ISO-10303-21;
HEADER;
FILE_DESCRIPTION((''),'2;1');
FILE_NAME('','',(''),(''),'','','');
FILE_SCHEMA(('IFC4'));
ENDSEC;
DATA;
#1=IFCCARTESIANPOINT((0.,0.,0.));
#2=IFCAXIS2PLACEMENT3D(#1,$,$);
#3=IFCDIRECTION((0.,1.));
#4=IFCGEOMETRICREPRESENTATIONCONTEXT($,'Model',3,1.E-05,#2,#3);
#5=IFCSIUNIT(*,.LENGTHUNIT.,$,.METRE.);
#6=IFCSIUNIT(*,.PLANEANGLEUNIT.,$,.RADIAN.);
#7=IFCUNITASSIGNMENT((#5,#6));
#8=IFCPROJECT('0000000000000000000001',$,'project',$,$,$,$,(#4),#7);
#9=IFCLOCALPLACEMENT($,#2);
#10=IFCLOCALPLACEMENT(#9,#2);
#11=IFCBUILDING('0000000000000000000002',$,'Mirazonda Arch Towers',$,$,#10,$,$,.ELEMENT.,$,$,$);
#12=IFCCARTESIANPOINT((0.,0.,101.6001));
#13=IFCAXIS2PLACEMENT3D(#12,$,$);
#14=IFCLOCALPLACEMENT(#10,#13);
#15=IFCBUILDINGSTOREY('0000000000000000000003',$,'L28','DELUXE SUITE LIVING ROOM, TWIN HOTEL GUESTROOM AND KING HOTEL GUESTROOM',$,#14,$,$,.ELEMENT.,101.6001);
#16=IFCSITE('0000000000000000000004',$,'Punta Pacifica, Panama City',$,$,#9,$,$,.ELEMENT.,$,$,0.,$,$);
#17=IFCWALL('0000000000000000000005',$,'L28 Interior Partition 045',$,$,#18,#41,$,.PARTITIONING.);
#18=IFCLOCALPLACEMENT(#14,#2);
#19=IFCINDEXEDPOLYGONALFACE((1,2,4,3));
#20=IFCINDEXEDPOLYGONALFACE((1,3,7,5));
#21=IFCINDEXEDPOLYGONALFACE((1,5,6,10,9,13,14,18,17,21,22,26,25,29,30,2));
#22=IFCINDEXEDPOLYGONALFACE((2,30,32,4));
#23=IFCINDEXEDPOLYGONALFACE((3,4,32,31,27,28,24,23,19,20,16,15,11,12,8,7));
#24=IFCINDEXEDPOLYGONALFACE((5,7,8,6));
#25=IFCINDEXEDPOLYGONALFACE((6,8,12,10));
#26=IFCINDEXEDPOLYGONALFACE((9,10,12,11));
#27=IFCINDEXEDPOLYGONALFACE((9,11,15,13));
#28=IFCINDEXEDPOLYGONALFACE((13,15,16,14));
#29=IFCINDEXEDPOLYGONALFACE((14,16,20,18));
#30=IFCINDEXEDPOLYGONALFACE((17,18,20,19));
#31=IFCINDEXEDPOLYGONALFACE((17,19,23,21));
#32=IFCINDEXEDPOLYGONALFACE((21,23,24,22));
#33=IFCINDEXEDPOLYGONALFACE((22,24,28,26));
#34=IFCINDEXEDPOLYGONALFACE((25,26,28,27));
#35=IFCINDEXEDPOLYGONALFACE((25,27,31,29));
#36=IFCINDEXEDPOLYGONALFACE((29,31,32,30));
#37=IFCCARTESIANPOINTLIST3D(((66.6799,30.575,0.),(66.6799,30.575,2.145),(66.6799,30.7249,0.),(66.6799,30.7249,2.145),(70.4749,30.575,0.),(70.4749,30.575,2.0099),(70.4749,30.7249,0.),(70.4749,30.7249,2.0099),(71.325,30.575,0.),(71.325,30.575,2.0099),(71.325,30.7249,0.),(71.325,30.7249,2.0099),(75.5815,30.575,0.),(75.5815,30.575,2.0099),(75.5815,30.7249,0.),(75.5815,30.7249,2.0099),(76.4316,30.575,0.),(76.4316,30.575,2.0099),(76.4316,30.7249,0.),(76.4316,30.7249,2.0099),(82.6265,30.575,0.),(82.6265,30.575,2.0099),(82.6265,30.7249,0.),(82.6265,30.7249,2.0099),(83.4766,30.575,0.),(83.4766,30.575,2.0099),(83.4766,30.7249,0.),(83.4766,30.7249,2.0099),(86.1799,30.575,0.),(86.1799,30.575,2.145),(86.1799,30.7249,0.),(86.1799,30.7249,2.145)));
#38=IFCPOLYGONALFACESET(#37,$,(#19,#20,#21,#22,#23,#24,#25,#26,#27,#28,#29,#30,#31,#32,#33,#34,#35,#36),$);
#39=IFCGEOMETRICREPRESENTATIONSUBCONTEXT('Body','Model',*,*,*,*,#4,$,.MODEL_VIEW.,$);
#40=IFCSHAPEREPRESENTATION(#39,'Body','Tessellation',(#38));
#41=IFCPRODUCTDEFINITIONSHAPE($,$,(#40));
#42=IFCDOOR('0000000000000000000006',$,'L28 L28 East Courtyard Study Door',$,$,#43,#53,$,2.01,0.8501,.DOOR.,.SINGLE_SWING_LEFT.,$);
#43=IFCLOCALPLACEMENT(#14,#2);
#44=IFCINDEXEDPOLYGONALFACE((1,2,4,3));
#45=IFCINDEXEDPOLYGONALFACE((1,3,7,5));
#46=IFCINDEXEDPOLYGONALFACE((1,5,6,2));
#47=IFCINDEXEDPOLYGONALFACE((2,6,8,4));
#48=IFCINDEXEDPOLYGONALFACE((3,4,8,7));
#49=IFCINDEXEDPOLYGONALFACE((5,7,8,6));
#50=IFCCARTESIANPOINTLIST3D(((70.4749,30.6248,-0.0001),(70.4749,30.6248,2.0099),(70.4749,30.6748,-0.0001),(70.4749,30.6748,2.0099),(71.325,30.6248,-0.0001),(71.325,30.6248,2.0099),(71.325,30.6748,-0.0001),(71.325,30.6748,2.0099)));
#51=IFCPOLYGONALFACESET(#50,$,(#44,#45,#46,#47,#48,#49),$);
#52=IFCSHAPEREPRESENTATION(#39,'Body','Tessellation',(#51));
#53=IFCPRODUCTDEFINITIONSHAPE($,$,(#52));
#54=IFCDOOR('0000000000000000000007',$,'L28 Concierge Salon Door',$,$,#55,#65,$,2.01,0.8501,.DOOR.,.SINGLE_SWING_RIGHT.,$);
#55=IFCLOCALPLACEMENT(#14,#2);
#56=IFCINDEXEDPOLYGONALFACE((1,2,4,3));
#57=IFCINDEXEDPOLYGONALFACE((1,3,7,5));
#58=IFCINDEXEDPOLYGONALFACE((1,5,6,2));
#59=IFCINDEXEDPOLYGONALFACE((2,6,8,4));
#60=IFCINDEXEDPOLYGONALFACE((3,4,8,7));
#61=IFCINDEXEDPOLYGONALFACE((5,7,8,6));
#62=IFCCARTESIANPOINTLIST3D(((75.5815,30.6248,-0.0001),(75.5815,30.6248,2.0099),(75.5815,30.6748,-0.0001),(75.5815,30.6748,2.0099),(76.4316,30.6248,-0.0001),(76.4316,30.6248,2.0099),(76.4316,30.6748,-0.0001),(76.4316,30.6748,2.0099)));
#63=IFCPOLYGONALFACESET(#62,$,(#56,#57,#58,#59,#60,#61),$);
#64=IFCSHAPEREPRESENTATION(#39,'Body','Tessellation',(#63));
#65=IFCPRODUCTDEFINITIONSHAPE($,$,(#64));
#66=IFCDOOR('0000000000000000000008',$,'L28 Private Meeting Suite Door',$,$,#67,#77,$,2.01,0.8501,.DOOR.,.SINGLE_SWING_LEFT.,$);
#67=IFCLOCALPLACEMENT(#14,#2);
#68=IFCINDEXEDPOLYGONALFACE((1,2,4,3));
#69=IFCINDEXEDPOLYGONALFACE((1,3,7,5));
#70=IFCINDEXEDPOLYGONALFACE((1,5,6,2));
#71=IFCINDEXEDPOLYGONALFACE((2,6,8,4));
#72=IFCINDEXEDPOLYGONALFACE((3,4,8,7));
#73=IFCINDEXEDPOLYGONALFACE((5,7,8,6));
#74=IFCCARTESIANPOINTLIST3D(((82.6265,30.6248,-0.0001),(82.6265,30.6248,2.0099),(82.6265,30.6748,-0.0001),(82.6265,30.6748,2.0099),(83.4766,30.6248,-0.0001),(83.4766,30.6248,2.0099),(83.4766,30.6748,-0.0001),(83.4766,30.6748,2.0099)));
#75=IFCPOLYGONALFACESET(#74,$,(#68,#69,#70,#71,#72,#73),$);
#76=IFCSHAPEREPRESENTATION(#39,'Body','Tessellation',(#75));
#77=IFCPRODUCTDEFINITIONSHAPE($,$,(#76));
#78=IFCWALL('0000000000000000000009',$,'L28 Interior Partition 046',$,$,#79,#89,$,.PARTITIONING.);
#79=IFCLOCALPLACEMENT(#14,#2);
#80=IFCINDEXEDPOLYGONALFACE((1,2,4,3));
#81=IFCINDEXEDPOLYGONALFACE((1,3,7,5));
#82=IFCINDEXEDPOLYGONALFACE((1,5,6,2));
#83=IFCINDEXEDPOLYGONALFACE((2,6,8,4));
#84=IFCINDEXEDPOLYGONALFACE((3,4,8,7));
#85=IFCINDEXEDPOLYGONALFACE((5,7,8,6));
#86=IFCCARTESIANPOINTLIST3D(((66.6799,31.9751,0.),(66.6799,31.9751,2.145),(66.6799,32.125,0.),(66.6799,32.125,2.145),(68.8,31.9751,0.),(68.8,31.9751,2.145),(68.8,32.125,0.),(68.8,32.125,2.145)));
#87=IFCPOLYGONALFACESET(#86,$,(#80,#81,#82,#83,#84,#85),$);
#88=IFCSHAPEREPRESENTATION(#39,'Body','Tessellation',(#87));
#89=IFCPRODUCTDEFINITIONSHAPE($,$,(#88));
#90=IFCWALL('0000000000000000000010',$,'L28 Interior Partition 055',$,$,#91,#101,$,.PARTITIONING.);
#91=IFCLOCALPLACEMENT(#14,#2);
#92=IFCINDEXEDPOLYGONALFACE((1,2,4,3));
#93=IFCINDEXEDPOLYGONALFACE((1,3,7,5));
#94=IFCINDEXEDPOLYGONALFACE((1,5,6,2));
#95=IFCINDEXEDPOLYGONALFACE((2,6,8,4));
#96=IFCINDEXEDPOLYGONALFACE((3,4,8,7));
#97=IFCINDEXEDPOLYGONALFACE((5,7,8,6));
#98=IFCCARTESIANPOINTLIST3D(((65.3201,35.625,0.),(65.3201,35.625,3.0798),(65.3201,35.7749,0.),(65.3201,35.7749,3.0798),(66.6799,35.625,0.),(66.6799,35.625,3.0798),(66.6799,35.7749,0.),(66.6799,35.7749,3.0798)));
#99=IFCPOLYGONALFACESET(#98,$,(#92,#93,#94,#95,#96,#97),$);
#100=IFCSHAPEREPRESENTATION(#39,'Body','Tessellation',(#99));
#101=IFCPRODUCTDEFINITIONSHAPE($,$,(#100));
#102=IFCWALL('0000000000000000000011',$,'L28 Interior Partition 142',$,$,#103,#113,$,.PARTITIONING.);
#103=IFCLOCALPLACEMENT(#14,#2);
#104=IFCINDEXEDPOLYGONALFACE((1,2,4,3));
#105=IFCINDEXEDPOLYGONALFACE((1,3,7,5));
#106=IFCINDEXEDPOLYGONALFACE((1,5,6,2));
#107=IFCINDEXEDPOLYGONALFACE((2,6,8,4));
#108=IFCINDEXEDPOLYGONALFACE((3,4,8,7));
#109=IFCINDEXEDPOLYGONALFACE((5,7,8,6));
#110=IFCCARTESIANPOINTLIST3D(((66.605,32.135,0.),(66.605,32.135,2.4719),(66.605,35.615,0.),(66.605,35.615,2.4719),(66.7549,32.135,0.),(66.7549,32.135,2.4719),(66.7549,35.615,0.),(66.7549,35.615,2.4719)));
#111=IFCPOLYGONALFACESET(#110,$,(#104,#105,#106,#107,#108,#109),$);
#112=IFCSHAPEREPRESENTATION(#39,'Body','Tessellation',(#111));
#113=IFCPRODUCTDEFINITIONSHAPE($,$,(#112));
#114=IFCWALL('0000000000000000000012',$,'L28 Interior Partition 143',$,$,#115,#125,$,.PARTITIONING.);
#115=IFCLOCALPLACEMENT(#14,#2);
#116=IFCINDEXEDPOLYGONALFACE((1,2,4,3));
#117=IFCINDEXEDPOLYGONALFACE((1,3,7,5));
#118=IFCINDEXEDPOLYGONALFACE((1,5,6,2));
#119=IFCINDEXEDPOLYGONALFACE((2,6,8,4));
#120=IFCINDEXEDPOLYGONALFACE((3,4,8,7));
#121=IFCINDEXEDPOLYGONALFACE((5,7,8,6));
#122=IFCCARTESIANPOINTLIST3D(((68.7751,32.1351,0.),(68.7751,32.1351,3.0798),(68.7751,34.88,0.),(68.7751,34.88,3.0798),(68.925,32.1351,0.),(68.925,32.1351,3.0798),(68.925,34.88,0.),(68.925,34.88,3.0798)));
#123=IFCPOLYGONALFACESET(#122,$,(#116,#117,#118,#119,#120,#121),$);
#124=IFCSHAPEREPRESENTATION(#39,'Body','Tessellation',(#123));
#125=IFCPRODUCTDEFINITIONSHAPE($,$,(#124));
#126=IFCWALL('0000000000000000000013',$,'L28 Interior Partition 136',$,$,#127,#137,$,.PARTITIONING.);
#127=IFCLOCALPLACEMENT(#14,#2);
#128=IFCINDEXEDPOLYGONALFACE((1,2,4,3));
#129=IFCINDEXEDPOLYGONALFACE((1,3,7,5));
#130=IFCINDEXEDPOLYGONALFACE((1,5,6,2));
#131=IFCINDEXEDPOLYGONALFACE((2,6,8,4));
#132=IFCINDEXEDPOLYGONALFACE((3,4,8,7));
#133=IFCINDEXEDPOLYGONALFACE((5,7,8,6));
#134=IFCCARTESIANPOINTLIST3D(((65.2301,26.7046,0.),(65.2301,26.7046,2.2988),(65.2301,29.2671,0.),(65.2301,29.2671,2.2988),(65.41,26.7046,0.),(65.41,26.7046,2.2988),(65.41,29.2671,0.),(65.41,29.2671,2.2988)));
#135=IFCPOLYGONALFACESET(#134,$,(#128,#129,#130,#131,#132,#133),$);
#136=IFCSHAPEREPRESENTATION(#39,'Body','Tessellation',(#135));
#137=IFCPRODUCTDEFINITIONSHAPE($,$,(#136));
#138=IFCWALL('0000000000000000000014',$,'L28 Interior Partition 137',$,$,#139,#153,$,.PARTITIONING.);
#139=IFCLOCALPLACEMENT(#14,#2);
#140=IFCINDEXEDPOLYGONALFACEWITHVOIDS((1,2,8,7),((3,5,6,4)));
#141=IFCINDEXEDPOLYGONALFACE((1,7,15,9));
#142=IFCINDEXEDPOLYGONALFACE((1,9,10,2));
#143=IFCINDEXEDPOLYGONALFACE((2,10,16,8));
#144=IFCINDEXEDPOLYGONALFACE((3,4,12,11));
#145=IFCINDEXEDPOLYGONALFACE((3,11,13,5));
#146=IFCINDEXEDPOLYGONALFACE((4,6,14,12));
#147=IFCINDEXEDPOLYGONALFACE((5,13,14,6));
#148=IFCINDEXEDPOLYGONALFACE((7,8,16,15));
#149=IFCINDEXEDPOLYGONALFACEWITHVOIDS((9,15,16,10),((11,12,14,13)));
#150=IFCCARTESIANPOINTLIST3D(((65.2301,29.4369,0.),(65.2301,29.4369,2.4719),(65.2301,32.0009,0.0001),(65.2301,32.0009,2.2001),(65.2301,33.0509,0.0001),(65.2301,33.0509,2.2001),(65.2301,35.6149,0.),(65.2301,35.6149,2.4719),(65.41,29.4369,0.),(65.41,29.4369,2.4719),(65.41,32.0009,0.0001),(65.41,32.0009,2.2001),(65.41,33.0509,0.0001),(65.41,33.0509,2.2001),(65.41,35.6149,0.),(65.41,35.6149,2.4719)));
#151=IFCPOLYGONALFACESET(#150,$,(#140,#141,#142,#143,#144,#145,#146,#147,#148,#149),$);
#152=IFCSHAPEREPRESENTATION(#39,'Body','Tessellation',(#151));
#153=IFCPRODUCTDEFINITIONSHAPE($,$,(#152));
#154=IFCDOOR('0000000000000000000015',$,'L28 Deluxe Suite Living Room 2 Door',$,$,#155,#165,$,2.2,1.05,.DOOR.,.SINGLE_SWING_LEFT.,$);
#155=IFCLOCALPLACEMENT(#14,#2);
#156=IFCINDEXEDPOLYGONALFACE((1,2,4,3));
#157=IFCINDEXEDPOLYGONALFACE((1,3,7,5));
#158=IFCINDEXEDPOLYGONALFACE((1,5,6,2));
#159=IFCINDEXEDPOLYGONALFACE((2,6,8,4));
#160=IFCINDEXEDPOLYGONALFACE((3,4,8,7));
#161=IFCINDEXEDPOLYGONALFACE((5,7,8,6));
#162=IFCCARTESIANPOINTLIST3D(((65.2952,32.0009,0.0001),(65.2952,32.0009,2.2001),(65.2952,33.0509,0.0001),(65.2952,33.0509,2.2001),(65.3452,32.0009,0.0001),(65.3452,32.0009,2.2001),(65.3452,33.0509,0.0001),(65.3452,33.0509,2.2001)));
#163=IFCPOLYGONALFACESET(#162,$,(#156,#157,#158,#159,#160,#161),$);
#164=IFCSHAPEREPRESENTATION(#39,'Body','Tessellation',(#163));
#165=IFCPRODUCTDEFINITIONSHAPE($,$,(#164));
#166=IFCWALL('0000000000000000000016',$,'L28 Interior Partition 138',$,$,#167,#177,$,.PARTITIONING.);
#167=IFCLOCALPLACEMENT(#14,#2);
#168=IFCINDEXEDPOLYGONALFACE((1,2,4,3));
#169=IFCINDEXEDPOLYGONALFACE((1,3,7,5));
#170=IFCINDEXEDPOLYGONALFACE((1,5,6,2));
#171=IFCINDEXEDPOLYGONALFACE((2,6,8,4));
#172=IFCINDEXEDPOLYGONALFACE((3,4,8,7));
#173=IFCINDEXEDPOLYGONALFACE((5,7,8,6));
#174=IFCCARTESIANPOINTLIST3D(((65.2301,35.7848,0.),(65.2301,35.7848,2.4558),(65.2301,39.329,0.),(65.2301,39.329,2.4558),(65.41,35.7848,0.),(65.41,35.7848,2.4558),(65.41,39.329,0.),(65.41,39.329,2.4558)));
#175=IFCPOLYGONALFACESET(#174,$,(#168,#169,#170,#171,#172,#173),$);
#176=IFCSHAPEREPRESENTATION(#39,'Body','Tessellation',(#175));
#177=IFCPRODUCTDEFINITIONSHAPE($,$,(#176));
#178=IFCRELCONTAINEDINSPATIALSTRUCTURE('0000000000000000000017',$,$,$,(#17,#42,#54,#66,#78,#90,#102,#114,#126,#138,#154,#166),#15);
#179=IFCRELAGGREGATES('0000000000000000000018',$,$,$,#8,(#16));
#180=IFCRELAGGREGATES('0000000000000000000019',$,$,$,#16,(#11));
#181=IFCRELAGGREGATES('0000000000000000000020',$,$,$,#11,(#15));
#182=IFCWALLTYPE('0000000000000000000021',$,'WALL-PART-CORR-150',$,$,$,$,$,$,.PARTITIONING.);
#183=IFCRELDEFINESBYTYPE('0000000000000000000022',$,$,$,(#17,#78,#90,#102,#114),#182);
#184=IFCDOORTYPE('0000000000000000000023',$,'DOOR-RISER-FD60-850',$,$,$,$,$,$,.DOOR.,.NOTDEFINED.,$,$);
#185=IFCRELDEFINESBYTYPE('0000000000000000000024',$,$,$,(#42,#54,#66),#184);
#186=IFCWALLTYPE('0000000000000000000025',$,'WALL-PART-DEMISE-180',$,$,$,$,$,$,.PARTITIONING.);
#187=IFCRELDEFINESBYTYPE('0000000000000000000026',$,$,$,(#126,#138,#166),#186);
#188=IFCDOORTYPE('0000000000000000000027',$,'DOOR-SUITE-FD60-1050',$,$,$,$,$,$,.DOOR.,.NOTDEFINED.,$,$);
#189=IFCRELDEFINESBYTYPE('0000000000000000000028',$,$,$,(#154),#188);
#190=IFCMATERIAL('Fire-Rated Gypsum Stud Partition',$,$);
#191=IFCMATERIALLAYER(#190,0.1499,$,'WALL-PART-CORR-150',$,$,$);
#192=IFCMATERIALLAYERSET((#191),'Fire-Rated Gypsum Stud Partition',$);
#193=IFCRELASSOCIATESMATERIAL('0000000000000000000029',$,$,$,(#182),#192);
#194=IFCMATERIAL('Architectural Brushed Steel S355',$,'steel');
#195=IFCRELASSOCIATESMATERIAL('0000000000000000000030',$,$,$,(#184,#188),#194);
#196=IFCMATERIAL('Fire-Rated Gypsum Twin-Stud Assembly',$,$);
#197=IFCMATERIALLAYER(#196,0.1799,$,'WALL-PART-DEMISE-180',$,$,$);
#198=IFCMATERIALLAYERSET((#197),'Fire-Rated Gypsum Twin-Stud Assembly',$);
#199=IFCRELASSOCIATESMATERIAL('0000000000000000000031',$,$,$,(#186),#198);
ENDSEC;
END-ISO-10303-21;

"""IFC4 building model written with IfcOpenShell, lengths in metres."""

from ifc_helpers import new_model, si_unit, direction, frame, frame_2d, origin, place, context, subcontext, project, spatial, rectangle, extrude, material, layer, layer_set, type_object, element, fill, save


model = new_model("IFC4")

# Units and contexts
model_context = context("Model", 3, precision=1e-05, world=origin(), true_north=direction((0.0, 1.0)))
body_context = subcontext(model_context, "Body", "Model", "MODEL_VIEW")
ifc_project = project(units=[si_unit("LENGTHUNIT", "METRE"), si_unit("PLANEANGLEUNIT", "RADIAN")], contexts=[model_context])

# Site, building, storey
site_placement = place(None, origin())
site = spatial("IfcSite", under=ifc_project, at=site_placement, Name="Punta Pacifica, Panama City", CompositionType="ELEMENT", RefElevation=0.0)
building_placement = place(site_placement, origin())
building = spatial("IfcBuilding", under=site, at=building_placement, Name="Mirazonda Arch Towers", CompositionType="ELEMENT")
storey_placement = place(building_placement, frame((0.0, 0.0, 101.6001)))
storey = spatial("IfcBuildingStorey", under=building, at=storey_placement, Name="L28", Description="DELUXE SUITE LIVING ROOM, TWIN HOTEL GUESTROOM AND KING HOTEL GUESTROOM", CompositionType="ELEMENT", Elevation=101.6001)

# Wall, openings, doors
ifc_material_1 = material(Name="Architectural Brushed Steel S355", Category="steel")
ifc_material_2 = material(Name="Fire-Rated Gypsum Stud Partition")
ifc_layer_1 = layer(ifc_material_2, 0.1499, Name="WALL-PART-CORR-150")
ifc_layer_set_1 = layer_set([ifc_layer_1], Name="Fire-Rated Gypsum Stud Partition")
wall_type_1 = type_object("IfcWallType", Name="WALL-PART-CORR-150", PredefinedType="PARTITIONING", material=ifc_layer_set_1)
wall_1_placement = place(storey_placement, frame((66.6799, 30.6499, 0.0), z_axis=(0.0, 0.0, 1.0), x_axis=(1.0, 0.0, 0.0)))
wall_1 = element("IfcWall", 1, at=wall_1_placement, inside=storey, type_object=wall_type_1, Name="L28 Interior Partition 045", PredefinedType="PARTITIONING", context=body_context, shape_type="SweptSolid", body=[
    extrude(rectangle(XDim=19.5, YDim=0.1499, at=frame_2d((9.75, 0.0))), origin(), (0.0, 0.0, 1.0), 2.145),
])
opening_1_placement = place(wall_1_placement, frame((3.7949, 0.0, 0.0)))
opening_1 = element("IfcOpeningElement", 2, at=opening_1_placement, cuts=wall_1, PredefinedType="OPENING", context=body_context, shape_type="SweptSolid", body=[
    extrude(rectangle(XDim=0.8501, YDim=2.01, at=frame_2d((0.425, 1.0049))), frame((0.0, 0.085, 0.0), z_axis=(0.0, -1.0, 0.0), x_axis=(1.0, 0.0, 0.0)), (0.0, 0.0, 1.0), 0.1699),
])
opening_2_placement = place(wall_1_placement, frame((8.9016, 0.0, 0.0)))
opening_2 = element("IfcOpeningElement", 3, at=opening_2_placement, cuts=wall_1, PredefinedType="OPENING", context=body_context, shape_type="SweptSolid", body=[
    extrude(rectangle(XDim=0.8501, YDim=2.01, at=frame_2d((0.425, 1.0049))), frame((0.0, 0.085, 0.0), z_axis=(0.0, -1.0, 0.0), x_axis=(1.0, 0.0, 0.0)), (0.0, 0.0, 1.0), 0.1699),
])
opening_3_placement = place(wall_1_placement, frame((15.9465, 0.0, 0.0)))
opening_3 = element("IfcOpeningElement", 4, at=opening_3_placement, cuts=wall_1, PredefinedType="OPENING", context=body_context, shape_type="SweptSolid", body=[
    extrude(rectangle(XDim=0.8501, YDim=2.01, at=frame_2d((0.425, 1.0049))), frame((0.0, 0.085, 0.0), z_axis=(0.0, -1.0, 0.0), x_axis=(1.0, 0.0, 0.0)), (0.0, 0.0, 1.0), 0.1699),
])
door_type_1 = type_object("IfcDoorType", Name="DOOR-RISER-FD60-850", OperationType="NOTDEFINED", PredefinedType="DOOR", material=ifc_material_1)
door_1_placement = place(opening_1_placement, origin())
door_1 = element("IfcDoor", 5, at=door_1_placement, inside=storey, type_object=door_type_1, Name="L28 L28 East Courtyard Study Door", OperationType="SINGLE_SWING_LEFT", OverallHeight=2.01, OverallWidth=0.8501, PredefinedType="DOOR", context=body_context, shape_type="SweptSolid", body=[
    extrude(rectangle(XDim=0.8501, YDim=2.01, at=frame_2d((0.425, 1.0049))), frame((0.0, 0.0249, 0.0), z_axis=(0.0, -1.0, 0.0), x_axis=(1.0, 0.0, 0.0)), (0.0, 0.0, 1.0), 0.05),
])
fill(opening_1, door_1)
door_2_placement = place(opening_2_placement, origin())
door_2 = element("IfcDoor", 6, at=door_2_placement, inside=storey, type_object=door_type_1, Name="L28 Concierge Salon Door", OperationType="SINGLE_SWING_RIGHT", OverallHeight=2.01, OverallWidth=0.8501, PredefinedType="DOOR", context=body_context, shape_type="SweptSolid", body=[
    extrude(rectangle(XDim=0.8501, YDim=2.01, at=frame_2d((0.425, 1.0049))), frame((0.0, 0.0249, 0.0), z_axis=(0.0, -1.0, 0.0), x_axis=(1.0, 0.0, 0.0)), (0.0, 0.0, 1.0), 0.05),
])
fill(opening_2, door_2)
door_3_placement = place(opening_3_placement, origin())
door_3 = element("IfcDoor", 7, at=door_3_placement, inside=storey, type_object=door_type_1, Name="L28 Private Meeting Suite Door", OperationType="SINGLE_SWING_LEFT", OverallHeight=2.01, OverallWidth=0.8501, PredefinedType="DOOR", context=body_context, shape_type="SweptSolid", body=[
    extrude(rectangle(XDim=0.8501, YDim=2.01, at=frame_2d((0.425, 1.0049))), frame((0.0, 0.0249, 0.0), z_axis=(0.0, -1.0, 0.0), x_axis=(1.0, 0.0, 0.0)), (0.0, 0.0, 1.0), 0.05),
])
fill(opening_3, door_3)

# Walls
wall_2_placement = place(storey_placement, frame((66.6799, 32.05, 0.0), z_axis=(0.0, 0.0, 1.0), x_axis=(1.0, 0.0, 0.0)))
element("IfcWall", 8, at=wall_2_placement, inside=storey, type_object=wall_type_1, Name="L28 Interior Partition 046", PredefinedType="PARTITIONING", context=body_context, shape_type="SweptSolid", body=[
    extrude(rectangle(XDim=2.1201, YDim=0.1499, at=frame_2d((1.0601, 0.0))), origin(), (0.0, 0.0, 1.0), 2.145),
])
wall_3_placement = place(storey_placement, frame((65.3201, 35.7, 0.0), z_axis=(0.0, 0.0, 1.0), x_axis=(1.0, 0.0, 0.0)))
element("IfcWall", 9, at=wall_3_placement, inside=storey, type_object=wall_type_1, Name="L28 Interior Partition 055", PredefinedType="PARTITIONING", context=body_context, shape_type="SweptSolid", body=[
    extrude(rectangle(XDim=1.3599, YDim=0.1499, at=frame_2d((0.6799, 0.0))), origin(), (0.0, 0.0, 1.0), 3.0798),
])
wall_4_placement = place(storey_placement, frame((66.6799, 32.135, 0.0), z_axis=(0.0, 0.0, 1.0), x_axis=(0.0, 1.0, 0.0)))
element("IfcWall", 10, at=wall_4_placement, inside=storey, type_object=wall_type_1, Name="L28 Interior Partition 142", PredefinedType="PARTITIONING", context=body_context, shape_type="SweptSolid", body=[
    extrude(rectangle(XDim=3.48, YDim=0.1499, at=frame_2d((1.74, 0.0))), origin(), (0.0, 0.0, 1.0), 2.4719),
])
wall_5_placement = place(storey_placement, frame((68.8501, 32.135, 0.0), z_axis=(0.0, 0.0, 1.0), x_axis=(0.0, 1.0, 0.0)))
element("IfcWall", 11, at=wall_5_placement, inside=storey, type_object=wall_type_1, Name="L28 Interior Partition 143", PredefinedType="PARTITIONING", context=body_context, shape_type="SweptSolid", body=[
    extrude(rectangle(XDim=2.7449, YDim=0.1499, at=frame_2d((1.3726, 0.0))), origin(), (0.0, 0.0, 1.0), 3.0798),
])
ifc_material_3 = material(Name="Fire-Rated Gypsum Twin-Stud Assembly")
ifc_layer_2 = layer(ifc_material_3, 0.1799, Name="WALL-PART-DEMISE-180")
ifc_layer_set_2 = layer_set([ifc_layer_2], Name="Fire-Rated Gypsum Twin-Stud Assembly")
wall_type_2 = type_object("IfcWallType", Name="WALL-PART-DEMISE-180", PredefinedType="PARTITIONING", material=ifc_layer_set_2)
wall_6_placement = place(storey_placement, frame((65.3201, 26.7046, 0.0), z_axis=(0.0, 0.0, 1.0), x_axis=(0.0, 1.0, 0.0)))
element("IfcWall", 12, at=wall_6_placement, inside=storey, type_object=wall_type_2, Name="L28 Interior Partition 136", PredefinedType="PARTITIONING", context=body_context, shape_type="SweptSolid", body=[
    extrude(rectangle(XDim=2.5625, YDim=0.1799, at=frame_2d((1.2812, 0.0))), origin(), (0.0, 0.0, 1.0), 2.2988),
])

# Wall, opening, door
wall_7_placement = place(storey_placement, frame((65.3201, 29.437, 0.0), z_axis=(0.0, 0.0, 1.0), x_axis=(0.0, 1.0, 0.0)))
wall_7 = element("IfcWall", 13, at=wall_7_placement, inside=storey, type_object=wall_type_2, Name="L28 Interior Partition 137", PredefinedType="PARTITIONING", context=body_context, shape_type="SweptSolid", body=[
    extrude(rectangle(XDim=6.178, YDim=0.1799, at=frame_2d((3.0889, 0.0))), origin(), (0.0, 0.0, 1.0), 2.4719),
])
opening_4_placement = place(wall_7_placement, frame((2.564, 0.0, 0.0)))
opening_4 = element("IfcOpeningElement", 14, at=opening_4_placement, cuts=wall_7, PredefinedType="OPENING", context=body_context, shape_type="SweptSolid", body=[
    extrude(rectangle(XDim=1.05, YDim=2.2, at=frame_2d((0.5249, 1.1001))), frame((0.0, 0.0999, 0.0), z_axis=(0.0, -1.0, 0.0), x_axis=(1.0, 0.0, 0.0)), (0.0, 0.0, 1.0), 0.2),
])
door_type_2 = type_object("IfcDoorType", Name="DOOR-SUITE-FD60-1050", OperationType="NOTDEFINED", PredefinedType="DOOR", material=ifc_material_1)
door_4_placement = place(opening_4_placement, origin())
door_4 = element("IfcDoor", 15, at=door_4_placement, inside=storey, type_object=door_type_2, Name="L28 Deluxe Suite Living Room 2 Door", OperationType="SINGLE_SWING_LEFT", OverallHeight=2.2, OverallWidth=1.05, PredefinedType="DOOR", context=body_context, shape_type="SweptSolid", body=[
    extrude(rectangle(XDim=1.05, YDim=2.2, at=frame_2d((0.5249, 1.1001))), frame((0.0, 0.0249, 0.0), z_axis=(0.0, -1.0, 0.0), x_axis=(1.0, 0.0, 0.0)), (0.0, 0.0, 1.0), 0.05),
])
fill(opening_4, door_4)

# Wall
wall_8_placement = place(storey_placement, frame((65.3201, 35.7849, 0.0), z_axis=(0.0, 0.0, 1.0), x_axis=(0.0, 1.0, 0.0)))
element("IfcWall", 16, at=wall_8_placement, inside=storey, type_object=wall_type_2, Name="L28 Interior Partition 138", PredefinedType="PARTITIONING", context=body_context, shape_type="SweptSolid", body=[
    extrude(rectangle(XDim=3.5442, YDim=0.1799, at=frame_2d((1.772, 0.0))), origin(), (0.0, 0.0, 1.0), 2.4558),
])

save(model, "model.ifc")
